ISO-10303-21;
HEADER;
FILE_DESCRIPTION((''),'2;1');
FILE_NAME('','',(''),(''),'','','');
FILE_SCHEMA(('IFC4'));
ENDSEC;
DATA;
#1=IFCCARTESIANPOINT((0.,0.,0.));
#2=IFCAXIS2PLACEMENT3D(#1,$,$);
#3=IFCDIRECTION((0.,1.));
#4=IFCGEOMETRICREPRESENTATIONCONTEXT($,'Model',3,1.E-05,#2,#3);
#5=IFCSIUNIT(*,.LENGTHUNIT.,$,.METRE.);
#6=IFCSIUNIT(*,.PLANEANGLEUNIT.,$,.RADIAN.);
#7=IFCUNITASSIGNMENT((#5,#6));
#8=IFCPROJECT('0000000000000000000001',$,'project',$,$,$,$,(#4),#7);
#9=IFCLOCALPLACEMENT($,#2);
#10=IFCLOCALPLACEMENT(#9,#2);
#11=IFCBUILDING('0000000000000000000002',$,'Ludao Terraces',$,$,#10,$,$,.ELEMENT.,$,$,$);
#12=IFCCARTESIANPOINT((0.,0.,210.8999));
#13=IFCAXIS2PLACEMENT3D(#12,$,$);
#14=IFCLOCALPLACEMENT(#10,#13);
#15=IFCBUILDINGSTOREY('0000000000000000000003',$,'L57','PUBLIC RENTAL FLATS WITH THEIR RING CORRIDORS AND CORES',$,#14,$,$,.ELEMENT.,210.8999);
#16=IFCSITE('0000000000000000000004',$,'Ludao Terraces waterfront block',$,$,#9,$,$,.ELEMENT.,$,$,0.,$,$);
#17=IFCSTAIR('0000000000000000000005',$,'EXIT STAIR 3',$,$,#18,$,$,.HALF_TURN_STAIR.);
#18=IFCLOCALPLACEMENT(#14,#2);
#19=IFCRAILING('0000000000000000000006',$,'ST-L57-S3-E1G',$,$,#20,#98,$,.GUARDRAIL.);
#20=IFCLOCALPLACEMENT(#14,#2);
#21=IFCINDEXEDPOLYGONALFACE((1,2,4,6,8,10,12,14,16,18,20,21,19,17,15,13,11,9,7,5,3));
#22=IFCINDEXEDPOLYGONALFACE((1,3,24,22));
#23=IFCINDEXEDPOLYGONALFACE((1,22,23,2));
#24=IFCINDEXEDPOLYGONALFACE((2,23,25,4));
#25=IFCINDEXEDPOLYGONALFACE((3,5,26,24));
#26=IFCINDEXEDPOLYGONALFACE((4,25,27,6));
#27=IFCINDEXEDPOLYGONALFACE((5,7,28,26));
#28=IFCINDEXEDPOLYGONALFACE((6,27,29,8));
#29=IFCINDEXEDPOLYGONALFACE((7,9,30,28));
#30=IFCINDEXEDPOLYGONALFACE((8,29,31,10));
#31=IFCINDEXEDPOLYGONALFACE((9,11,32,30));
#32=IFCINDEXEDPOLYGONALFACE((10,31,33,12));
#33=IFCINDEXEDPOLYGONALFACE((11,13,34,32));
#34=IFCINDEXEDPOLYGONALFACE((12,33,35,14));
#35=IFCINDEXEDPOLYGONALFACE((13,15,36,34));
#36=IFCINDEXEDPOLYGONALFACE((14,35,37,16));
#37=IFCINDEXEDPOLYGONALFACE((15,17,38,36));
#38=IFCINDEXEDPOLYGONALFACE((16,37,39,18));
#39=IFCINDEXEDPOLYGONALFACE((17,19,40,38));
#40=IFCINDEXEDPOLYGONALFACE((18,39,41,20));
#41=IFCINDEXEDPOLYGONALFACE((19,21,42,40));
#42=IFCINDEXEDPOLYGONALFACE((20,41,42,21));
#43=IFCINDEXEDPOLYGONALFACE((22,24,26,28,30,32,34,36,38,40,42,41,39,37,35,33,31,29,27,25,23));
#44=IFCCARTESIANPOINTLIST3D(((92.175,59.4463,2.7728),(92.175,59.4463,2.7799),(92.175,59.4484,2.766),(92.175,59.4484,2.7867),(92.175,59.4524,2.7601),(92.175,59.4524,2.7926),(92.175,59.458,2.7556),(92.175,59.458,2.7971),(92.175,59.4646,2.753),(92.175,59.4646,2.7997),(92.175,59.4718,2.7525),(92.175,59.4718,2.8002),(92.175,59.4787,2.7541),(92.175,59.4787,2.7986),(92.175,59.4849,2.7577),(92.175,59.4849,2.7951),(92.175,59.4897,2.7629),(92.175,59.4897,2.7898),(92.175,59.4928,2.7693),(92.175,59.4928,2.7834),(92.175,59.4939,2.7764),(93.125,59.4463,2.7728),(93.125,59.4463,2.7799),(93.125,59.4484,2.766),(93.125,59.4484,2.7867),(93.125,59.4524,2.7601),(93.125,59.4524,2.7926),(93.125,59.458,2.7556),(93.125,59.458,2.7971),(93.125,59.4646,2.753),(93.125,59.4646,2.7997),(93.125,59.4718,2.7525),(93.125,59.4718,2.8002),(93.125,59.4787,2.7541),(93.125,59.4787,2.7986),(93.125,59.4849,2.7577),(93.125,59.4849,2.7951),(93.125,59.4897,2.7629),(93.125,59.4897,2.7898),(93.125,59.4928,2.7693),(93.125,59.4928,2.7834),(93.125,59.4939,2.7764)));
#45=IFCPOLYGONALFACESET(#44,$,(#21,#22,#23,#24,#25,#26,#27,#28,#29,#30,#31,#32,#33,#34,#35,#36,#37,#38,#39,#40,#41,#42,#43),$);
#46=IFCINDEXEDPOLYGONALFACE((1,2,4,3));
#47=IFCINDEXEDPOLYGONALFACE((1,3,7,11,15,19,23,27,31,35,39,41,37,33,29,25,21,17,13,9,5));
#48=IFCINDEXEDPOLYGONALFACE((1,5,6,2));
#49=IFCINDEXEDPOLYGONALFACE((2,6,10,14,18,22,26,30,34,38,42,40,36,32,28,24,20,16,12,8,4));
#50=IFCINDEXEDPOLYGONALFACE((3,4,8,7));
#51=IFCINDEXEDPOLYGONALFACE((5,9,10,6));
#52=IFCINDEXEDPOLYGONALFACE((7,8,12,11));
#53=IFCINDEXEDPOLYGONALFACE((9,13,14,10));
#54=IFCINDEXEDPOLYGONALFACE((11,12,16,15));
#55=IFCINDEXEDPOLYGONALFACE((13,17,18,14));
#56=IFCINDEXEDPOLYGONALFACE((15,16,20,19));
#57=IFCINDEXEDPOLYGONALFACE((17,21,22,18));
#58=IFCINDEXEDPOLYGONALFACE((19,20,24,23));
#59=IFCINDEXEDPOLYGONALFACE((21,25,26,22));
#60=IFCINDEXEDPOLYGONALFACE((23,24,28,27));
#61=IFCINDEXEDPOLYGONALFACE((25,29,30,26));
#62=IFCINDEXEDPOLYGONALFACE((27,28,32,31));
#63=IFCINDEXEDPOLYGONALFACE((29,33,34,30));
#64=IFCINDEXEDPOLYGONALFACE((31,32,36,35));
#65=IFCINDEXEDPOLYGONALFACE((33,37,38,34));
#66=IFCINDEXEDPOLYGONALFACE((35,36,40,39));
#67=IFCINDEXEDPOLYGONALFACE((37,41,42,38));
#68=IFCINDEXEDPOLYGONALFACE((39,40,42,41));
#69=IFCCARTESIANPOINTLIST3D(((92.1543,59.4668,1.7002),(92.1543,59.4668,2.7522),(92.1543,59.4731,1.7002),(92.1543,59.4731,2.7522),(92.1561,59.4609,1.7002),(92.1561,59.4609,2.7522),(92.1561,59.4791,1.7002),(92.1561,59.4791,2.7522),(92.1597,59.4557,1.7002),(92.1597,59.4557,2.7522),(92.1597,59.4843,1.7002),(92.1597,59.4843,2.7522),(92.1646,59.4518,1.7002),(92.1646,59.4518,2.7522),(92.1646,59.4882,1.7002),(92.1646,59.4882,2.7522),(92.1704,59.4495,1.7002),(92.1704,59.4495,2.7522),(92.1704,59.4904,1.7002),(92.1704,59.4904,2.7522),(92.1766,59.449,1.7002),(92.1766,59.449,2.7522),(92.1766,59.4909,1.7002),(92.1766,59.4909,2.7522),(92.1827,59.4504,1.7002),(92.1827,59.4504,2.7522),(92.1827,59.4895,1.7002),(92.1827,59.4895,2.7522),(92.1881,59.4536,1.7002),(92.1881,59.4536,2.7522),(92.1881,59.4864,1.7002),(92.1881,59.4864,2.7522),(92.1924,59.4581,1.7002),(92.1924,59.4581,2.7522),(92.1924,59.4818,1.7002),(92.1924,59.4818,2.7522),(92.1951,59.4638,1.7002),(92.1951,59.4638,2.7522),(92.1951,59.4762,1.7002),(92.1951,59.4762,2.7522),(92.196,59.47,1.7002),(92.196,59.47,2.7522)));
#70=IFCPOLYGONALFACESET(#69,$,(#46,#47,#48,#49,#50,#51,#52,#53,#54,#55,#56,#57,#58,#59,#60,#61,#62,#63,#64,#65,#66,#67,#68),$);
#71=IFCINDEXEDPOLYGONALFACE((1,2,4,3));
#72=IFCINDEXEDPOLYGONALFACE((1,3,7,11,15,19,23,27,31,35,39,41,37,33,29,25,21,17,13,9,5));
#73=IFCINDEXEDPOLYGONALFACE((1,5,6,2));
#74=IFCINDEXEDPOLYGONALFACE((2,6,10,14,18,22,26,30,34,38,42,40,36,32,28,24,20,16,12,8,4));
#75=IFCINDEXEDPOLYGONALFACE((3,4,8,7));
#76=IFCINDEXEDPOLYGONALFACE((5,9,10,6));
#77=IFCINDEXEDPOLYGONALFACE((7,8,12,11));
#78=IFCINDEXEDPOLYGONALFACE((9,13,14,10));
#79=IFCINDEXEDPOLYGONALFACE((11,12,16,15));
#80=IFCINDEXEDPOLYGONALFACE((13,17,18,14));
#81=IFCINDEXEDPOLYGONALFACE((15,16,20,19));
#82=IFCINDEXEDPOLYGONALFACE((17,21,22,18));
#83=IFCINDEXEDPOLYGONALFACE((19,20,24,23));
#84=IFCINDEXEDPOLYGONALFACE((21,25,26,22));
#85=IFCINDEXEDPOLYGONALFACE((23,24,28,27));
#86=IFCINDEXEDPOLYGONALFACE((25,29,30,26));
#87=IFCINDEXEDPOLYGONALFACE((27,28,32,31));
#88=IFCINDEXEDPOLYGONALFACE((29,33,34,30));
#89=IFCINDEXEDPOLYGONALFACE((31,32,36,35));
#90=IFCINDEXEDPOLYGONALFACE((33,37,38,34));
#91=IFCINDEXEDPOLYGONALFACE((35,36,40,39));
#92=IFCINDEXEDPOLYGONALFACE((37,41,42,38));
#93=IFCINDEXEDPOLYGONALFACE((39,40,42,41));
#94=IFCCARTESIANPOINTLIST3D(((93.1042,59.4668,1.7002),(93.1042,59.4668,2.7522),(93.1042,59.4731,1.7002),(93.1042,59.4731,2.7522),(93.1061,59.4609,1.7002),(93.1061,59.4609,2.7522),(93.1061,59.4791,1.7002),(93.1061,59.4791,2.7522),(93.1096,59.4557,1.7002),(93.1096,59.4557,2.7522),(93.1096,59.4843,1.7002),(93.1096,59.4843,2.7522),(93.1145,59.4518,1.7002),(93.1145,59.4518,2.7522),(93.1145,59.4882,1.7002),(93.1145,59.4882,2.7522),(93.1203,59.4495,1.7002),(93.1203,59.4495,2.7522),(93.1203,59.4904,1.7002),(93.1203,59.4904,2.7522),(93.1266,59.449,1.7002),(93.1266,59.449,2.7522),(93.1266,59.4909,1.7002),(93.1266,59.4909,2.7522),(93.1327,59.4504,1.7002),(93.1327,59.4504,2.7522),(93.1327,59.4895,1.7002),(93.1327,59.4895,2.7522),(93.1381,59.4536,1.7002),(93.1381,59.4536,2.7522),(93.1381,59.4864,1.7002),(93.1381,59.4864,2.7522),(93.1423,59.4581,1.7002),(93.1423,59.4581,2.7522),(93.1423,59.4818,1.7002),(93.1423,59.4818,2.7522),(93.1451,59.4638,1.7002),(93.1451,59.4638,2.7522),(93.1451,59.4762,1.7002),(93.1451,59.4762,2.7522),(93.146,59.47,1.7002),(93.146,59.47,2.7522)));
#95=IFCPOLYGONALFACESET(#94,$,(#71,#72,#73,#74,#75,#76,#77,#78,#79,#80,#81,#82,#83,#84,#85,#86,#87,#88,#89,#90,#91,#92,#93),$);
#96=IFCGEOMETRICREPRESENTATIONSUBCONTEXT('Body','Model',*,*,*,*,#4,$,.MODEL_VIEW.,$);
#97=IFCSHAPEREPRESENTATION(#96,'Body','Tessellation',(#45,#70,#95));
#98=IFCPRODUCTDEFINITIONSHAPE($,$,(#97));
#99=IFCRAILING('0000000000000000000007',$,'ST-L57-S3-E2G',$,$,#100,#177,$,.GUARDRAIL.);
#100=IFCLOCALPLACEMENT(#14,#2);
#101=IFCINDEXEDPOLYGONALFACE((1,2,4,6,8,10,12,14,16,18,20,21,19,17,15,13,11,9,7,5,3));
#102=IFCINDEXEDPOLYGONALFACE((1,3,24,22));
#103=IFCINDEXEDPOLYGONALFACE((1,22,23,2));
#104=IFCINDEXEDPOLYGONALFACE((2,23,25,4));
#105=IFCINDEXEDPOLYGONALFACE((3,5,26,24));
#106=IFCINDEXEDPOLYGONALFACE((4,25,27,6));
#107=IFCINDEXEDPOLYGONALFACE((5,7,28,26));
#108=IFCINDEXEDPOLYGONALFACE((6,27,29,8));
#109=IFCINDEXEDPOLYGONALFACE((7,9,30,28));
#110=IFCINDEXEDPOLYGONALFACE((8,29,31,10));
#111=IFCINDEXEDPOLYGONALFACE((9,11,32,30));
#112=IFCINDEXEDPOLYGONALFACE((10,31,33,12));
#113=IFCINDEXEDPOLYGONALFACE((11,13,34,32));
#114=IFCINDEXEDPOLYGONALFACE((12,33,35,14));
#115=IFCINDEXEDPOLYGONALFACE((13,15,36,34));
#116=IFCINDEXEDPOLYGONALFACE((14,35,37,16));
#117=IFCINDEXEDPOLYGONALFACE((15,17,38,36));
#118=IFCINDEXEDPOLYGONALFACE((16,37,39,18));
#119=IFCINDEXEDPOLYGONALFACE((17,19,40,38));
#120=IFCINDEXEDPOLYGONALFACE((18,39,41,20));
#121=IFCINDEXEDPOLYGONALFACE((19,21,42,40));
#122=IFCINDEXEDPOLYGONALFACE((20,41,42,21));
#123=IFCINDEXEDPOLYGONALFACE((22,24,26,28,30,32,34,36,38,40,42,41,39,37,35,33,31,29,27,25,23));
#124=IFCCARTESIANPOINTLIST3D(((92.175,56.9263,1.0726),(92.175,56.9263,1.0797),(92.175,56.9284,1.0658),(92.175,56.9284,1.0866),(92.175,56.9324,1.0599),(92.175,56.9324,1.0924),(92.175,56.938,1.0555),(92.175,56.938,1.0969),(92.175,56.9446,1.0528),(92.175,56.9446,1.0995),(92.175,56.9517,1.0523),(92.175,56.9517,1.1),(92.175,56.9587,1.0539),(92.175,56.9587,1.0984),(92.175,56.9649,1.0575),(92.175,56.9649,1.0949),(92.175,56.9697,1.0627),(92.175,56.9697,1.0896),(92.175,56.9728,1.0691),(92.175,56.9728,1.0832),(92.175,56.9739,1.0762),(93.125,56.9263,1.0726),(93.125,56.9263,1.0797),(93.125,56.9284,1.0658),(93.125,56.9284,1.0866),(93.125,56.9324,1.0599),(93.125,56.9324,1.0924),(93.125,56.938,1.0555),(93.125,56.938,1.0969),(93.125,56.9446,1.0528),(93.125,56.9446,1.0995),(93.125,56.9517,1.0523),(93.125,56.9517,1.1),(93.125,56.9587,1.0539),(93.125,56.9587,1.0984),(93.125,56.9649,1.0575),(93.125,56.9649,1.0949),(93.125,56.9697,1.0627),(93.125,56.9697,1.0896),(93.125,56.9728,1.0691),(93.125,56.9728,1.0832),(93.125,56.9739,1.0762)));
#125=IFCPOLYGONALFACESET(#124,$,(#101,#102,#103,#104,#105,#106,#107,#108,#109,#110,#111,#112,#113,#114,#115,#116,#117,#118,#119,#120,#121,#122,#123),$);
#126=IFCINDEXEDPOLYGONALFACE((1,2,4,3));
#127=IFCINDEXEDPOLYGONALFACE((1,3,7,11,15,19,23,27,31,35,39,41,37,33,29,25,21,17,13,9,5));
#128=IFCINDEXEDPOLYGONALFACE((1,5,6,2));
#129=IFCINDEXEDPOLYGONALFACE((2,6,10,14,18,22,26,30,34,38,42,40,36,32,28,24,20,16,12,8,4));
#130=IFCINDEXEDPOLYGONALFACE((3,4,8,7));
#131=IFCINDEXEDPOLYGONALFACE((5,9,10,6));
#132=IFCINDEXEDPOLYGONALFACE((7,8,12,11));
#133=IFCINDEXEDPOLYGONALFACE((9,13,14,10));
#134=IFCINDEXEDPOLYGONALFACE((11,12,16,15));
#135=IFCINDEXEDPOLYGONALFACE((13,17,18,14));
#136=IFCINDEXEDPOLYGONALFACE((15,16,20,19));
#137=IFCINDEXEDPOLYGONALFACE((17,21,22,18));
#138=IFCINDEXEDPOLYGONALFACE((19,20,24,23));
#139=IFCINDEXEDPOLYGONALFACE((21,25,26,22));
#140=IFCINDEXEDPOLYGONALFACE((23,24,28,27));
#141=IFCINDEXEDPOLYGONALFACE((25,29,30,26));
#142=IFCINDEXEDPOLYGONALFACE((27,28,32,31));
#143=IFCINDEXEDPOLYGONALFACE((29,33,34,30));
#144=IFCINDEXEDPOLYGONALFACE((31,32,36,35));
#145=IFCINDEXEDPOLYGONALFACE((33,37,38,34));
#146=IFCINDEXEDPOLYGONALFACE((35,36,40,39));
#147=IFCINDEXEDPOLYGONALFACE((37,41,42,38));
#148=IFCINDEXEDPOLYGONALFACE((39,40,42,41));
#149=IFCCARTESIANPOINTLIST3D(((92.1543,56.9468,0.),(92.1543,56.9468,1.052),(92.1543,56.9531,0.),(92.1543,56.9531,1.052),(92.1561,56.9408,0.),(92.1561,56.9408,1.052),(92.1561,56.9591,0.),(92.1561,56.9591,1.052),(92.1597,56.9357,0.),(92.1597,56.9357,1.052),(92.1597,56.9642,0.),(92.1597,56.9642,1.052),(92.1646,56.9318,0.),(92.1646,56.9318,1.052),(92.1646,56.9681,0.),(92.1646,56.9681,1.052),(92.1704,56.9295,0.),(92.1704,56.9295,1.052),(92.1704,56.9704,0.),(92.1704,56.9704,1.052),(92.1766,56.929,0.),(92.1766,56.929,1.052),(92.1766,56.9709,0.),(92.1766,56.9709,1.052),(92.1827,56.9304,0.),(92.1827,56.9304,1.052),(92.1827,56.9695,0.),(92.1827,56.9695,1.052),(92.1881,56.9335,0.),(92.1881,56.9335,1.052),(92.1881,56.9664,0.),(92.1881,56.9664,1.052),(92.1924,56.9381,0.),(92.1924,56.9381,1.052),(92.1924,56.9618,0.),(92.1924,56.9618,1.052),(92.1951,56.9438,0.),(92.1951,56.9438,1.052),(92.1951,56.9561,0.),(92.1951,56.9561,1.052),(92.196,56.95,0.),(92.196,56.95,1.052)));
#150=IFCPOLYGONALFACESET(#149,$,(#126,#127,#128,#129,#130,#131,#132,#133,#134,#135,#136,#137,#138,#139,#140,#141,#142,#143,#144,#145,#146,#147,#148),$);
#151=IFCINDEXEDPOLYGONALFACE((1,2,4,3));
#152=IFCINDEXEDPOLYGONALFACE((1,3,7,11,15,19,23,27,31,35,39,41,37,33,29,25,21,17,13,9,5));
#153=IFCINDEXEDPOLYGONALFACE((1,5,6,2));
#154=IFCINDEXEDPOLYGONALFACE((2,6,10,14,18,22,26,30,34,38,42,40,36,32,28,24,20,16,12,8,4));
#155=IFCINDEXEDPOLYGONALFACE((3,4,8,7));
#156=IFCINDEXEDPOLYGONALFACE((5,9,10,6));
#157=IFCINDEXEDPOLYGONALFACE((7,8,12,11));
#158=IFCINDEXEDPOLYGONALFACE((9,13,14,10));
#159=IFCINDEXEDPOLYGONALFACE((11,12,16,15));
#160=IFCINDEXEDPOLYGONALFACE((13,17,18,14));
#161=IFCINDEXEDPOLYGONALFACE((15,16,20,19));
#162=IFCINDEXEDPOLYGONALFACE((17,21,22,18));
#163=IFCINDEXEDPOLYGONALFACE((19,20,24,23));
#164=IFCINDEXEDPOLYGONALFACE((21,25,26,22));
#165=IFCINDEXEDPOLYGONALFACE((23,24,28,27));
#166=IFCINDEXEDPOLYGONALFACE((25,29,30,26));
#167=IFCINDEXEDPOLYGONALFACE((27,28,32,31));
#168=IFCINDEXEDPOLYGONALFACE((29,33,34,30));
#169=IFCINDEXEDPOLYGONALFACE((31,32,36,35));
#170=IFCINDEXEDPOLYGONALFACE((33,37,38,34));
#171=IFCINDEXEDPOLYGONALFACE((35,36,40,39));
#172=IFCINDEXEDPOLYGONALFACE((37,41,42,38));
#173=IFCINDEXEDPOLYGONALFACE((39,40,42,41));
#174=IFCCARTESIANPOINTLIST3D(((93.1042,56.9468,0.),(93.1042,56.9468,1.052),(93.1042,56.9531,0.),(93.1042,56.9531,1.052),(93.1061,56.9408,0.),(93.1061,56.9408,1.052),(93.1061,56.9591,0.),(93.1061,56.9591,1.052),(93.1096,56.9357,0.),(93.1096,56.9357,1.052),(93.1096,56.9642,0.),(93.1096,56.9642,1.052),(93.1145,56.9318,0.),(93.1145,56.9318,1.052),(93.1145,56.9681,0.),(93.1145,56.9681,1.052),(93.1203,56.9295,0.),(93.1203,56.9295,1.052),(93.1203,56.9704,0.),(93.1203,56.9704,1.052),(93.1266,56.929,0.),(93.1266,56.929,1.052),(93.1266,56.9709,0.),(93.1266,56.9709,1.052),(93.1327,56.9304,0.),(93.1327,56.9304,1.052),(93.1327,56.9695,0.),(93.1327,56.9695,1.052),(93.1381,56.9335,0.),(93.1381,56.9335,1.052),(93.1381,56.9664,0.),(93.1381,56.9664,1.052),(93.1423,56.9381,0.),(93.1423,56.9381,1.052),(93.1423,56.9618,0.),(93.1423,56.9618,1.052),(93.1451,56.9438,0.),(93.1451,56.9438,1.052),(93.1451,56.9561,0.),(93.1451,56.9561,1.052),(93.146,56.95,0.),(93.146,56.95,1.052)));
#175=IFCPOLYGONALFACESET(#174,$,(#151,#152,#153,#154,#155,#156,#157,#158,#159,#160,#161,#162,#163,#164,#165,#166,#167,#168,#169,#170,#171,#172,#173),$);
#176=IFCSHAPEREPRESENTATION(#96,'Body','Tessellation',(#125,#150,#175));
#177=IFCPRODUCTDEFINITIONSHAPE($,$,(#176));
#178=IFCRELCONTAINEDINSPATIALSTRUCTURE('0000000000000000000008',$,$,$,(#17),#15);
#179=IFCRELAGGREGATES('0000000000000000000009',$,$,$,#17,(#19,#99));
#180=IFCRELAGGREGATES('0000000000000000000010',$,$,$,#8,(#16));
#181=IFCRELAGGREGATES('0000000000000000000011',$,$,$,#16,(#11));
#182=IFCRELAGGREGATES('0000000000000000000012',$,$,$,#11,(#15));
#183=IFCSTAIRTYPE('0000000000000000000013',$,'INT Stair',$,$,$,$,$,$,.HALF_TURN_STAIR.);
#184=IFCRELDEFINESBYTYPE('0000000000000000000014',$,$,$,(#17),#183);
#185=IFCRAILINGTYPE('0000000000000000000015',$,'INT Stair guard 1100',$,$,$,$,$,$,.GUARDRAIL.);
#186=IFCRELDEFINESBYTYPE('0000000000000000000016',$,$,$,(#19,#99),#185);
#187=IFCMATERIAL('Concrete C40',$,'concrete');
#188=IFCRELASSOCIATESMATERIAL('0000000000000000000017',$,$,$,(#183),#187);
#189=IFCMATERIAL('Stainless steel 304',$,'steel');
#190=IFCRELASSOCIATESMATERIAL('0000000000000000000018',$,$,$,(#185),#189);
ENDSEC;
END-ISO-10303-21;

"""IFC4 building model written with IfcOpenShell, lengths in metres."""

from ifc_helpers import new_model, si_unit, direction, frame, origin, origin_2d, place, context, subcontext, project, spatial, circle, extrude, material, type_object, element, aggregate, save


model = new_model("IFC4")

# Units and contexts
model_context = context("Model", 3, precision=1e-05, world=origin(), true_north=direction((0.0, 1.0)))
body_context = subcontext(model_context, "Body", "Model", "MODEL_VIEW")
ifc_project = project(units=[si_unit("LENGTHUNIT", "METRE"), si_unit("PLANEANGLEUNIT", "RADIAN")], contexts=[model_context])

# Site, building, storey
site_placement = place(None, origin())
site = spatial("IfcSite", under=ifc_project, at=site_placement, Name="Ludao Terraces waterfront block", CompositionType="ELEMENT", RefElevation=0.0)
building_placement = place(site_placement, origin())
building = spatial("IfcBuilding", under=site, at=building_placement, Name="Ludao Terraces", CompositionType="ELEMENT")
storey_placement = place(building_placement, frame((0.0, 0.0, 210.8999)))
storey = spatial("IfcBuildingStorey", under=building, at=storey_placement, Name="L57", Description="PUBLIC RENTAL FLATS WITH THEIR RING CORRIDORS AND CORES", CompositionType="ELEMENT", Elevation=210.8999)

# Shared definitions
ifc_material_1 = material(Name="Concrete C40", Category="concrete")

# Stair, railings
stair_type = type_object("IfcStairType", Name="INT Stair", PredefinedType="HALF_TURN_STAIR", material=ifc_material_1)
stair_placement = place(storey_placement, origin())
stair = element("IfcStair", 1, at=stair_placement, inside=storey, type_object=stair_type, Name="EXIT STAIR 3", PredefinedType="HALF_TURN_STAIR")
ifc_material_2 = material(Name="Stainless steel 304", Category="steel")
railing_type_1 = type_object("IfcRailingType", Name="INT Stair guard 1100", PredefinedType="GUARDRAIL", material=ifc_material_2)
railing_1_placement = place(storey_placement, frame((92.175, 59.47, 1.7002)))
railing_1 = element("IfcRailing", 2, at=railing_1_placement, type_object=railing_type_1, Name="ST-L57-S3-E1G", PredefinedType="GUARDRAIL", context=body_context, shape_type="SweptSolid", body=[
    extrude(circle(Radius=0.0239, at=origin_2d()), frame((0.0, 0.0, 1.0762), z_axis=(1.0, 0.0, 0.0), x_axis=(0.0, 1.0, 0.0)), (0.0, 0.0, 1.0), 0.95),
    extrude(circle(Radius=0.021, at=origin_2d()), origin(), (0.0, 0.0, 1.0), 1.052),
    extrude(circle(Radius=0.021, at=origin_2d()), frame((0.95, 0.0, 0.0)), (0.0, 0.0, 1.0), 1.052),
])
railing_2_placement = place(storey_placement, frame((92.175, 56.95, 0.0)))
railing_2 = element("IfcRailing", 3, at=railing_2_placement, type_object=railing_type_1, Name="ST-L57-S3-E2G", PredefinedType="GUARDRAIL", context=body_context, shape_type="SweptSolid", body=[
    extrude(circle(Radius=0.0239, at=origin_2d()), frame((0.0, 0.0, 1.0762), z_axis=(1.0, 0.0, 0.0), x_axis=(0.0, 1.0, 0.0)), (0.0, 0.0, 1.0), 0.95),
    extrude(circle(Radius=0.021, at=origin_2d()), origin(), (0.0, 0.0, 1.0), 1.052),
    extrude(circle(Radius=0.021, at=origin_2d()), frame((0.95, 0.0, 0.0)), (0.0, 0.0, 1.0), 1.052),
])
aggregate(stair, [railing_1, railing_2])

save(model, "model.ifc")
